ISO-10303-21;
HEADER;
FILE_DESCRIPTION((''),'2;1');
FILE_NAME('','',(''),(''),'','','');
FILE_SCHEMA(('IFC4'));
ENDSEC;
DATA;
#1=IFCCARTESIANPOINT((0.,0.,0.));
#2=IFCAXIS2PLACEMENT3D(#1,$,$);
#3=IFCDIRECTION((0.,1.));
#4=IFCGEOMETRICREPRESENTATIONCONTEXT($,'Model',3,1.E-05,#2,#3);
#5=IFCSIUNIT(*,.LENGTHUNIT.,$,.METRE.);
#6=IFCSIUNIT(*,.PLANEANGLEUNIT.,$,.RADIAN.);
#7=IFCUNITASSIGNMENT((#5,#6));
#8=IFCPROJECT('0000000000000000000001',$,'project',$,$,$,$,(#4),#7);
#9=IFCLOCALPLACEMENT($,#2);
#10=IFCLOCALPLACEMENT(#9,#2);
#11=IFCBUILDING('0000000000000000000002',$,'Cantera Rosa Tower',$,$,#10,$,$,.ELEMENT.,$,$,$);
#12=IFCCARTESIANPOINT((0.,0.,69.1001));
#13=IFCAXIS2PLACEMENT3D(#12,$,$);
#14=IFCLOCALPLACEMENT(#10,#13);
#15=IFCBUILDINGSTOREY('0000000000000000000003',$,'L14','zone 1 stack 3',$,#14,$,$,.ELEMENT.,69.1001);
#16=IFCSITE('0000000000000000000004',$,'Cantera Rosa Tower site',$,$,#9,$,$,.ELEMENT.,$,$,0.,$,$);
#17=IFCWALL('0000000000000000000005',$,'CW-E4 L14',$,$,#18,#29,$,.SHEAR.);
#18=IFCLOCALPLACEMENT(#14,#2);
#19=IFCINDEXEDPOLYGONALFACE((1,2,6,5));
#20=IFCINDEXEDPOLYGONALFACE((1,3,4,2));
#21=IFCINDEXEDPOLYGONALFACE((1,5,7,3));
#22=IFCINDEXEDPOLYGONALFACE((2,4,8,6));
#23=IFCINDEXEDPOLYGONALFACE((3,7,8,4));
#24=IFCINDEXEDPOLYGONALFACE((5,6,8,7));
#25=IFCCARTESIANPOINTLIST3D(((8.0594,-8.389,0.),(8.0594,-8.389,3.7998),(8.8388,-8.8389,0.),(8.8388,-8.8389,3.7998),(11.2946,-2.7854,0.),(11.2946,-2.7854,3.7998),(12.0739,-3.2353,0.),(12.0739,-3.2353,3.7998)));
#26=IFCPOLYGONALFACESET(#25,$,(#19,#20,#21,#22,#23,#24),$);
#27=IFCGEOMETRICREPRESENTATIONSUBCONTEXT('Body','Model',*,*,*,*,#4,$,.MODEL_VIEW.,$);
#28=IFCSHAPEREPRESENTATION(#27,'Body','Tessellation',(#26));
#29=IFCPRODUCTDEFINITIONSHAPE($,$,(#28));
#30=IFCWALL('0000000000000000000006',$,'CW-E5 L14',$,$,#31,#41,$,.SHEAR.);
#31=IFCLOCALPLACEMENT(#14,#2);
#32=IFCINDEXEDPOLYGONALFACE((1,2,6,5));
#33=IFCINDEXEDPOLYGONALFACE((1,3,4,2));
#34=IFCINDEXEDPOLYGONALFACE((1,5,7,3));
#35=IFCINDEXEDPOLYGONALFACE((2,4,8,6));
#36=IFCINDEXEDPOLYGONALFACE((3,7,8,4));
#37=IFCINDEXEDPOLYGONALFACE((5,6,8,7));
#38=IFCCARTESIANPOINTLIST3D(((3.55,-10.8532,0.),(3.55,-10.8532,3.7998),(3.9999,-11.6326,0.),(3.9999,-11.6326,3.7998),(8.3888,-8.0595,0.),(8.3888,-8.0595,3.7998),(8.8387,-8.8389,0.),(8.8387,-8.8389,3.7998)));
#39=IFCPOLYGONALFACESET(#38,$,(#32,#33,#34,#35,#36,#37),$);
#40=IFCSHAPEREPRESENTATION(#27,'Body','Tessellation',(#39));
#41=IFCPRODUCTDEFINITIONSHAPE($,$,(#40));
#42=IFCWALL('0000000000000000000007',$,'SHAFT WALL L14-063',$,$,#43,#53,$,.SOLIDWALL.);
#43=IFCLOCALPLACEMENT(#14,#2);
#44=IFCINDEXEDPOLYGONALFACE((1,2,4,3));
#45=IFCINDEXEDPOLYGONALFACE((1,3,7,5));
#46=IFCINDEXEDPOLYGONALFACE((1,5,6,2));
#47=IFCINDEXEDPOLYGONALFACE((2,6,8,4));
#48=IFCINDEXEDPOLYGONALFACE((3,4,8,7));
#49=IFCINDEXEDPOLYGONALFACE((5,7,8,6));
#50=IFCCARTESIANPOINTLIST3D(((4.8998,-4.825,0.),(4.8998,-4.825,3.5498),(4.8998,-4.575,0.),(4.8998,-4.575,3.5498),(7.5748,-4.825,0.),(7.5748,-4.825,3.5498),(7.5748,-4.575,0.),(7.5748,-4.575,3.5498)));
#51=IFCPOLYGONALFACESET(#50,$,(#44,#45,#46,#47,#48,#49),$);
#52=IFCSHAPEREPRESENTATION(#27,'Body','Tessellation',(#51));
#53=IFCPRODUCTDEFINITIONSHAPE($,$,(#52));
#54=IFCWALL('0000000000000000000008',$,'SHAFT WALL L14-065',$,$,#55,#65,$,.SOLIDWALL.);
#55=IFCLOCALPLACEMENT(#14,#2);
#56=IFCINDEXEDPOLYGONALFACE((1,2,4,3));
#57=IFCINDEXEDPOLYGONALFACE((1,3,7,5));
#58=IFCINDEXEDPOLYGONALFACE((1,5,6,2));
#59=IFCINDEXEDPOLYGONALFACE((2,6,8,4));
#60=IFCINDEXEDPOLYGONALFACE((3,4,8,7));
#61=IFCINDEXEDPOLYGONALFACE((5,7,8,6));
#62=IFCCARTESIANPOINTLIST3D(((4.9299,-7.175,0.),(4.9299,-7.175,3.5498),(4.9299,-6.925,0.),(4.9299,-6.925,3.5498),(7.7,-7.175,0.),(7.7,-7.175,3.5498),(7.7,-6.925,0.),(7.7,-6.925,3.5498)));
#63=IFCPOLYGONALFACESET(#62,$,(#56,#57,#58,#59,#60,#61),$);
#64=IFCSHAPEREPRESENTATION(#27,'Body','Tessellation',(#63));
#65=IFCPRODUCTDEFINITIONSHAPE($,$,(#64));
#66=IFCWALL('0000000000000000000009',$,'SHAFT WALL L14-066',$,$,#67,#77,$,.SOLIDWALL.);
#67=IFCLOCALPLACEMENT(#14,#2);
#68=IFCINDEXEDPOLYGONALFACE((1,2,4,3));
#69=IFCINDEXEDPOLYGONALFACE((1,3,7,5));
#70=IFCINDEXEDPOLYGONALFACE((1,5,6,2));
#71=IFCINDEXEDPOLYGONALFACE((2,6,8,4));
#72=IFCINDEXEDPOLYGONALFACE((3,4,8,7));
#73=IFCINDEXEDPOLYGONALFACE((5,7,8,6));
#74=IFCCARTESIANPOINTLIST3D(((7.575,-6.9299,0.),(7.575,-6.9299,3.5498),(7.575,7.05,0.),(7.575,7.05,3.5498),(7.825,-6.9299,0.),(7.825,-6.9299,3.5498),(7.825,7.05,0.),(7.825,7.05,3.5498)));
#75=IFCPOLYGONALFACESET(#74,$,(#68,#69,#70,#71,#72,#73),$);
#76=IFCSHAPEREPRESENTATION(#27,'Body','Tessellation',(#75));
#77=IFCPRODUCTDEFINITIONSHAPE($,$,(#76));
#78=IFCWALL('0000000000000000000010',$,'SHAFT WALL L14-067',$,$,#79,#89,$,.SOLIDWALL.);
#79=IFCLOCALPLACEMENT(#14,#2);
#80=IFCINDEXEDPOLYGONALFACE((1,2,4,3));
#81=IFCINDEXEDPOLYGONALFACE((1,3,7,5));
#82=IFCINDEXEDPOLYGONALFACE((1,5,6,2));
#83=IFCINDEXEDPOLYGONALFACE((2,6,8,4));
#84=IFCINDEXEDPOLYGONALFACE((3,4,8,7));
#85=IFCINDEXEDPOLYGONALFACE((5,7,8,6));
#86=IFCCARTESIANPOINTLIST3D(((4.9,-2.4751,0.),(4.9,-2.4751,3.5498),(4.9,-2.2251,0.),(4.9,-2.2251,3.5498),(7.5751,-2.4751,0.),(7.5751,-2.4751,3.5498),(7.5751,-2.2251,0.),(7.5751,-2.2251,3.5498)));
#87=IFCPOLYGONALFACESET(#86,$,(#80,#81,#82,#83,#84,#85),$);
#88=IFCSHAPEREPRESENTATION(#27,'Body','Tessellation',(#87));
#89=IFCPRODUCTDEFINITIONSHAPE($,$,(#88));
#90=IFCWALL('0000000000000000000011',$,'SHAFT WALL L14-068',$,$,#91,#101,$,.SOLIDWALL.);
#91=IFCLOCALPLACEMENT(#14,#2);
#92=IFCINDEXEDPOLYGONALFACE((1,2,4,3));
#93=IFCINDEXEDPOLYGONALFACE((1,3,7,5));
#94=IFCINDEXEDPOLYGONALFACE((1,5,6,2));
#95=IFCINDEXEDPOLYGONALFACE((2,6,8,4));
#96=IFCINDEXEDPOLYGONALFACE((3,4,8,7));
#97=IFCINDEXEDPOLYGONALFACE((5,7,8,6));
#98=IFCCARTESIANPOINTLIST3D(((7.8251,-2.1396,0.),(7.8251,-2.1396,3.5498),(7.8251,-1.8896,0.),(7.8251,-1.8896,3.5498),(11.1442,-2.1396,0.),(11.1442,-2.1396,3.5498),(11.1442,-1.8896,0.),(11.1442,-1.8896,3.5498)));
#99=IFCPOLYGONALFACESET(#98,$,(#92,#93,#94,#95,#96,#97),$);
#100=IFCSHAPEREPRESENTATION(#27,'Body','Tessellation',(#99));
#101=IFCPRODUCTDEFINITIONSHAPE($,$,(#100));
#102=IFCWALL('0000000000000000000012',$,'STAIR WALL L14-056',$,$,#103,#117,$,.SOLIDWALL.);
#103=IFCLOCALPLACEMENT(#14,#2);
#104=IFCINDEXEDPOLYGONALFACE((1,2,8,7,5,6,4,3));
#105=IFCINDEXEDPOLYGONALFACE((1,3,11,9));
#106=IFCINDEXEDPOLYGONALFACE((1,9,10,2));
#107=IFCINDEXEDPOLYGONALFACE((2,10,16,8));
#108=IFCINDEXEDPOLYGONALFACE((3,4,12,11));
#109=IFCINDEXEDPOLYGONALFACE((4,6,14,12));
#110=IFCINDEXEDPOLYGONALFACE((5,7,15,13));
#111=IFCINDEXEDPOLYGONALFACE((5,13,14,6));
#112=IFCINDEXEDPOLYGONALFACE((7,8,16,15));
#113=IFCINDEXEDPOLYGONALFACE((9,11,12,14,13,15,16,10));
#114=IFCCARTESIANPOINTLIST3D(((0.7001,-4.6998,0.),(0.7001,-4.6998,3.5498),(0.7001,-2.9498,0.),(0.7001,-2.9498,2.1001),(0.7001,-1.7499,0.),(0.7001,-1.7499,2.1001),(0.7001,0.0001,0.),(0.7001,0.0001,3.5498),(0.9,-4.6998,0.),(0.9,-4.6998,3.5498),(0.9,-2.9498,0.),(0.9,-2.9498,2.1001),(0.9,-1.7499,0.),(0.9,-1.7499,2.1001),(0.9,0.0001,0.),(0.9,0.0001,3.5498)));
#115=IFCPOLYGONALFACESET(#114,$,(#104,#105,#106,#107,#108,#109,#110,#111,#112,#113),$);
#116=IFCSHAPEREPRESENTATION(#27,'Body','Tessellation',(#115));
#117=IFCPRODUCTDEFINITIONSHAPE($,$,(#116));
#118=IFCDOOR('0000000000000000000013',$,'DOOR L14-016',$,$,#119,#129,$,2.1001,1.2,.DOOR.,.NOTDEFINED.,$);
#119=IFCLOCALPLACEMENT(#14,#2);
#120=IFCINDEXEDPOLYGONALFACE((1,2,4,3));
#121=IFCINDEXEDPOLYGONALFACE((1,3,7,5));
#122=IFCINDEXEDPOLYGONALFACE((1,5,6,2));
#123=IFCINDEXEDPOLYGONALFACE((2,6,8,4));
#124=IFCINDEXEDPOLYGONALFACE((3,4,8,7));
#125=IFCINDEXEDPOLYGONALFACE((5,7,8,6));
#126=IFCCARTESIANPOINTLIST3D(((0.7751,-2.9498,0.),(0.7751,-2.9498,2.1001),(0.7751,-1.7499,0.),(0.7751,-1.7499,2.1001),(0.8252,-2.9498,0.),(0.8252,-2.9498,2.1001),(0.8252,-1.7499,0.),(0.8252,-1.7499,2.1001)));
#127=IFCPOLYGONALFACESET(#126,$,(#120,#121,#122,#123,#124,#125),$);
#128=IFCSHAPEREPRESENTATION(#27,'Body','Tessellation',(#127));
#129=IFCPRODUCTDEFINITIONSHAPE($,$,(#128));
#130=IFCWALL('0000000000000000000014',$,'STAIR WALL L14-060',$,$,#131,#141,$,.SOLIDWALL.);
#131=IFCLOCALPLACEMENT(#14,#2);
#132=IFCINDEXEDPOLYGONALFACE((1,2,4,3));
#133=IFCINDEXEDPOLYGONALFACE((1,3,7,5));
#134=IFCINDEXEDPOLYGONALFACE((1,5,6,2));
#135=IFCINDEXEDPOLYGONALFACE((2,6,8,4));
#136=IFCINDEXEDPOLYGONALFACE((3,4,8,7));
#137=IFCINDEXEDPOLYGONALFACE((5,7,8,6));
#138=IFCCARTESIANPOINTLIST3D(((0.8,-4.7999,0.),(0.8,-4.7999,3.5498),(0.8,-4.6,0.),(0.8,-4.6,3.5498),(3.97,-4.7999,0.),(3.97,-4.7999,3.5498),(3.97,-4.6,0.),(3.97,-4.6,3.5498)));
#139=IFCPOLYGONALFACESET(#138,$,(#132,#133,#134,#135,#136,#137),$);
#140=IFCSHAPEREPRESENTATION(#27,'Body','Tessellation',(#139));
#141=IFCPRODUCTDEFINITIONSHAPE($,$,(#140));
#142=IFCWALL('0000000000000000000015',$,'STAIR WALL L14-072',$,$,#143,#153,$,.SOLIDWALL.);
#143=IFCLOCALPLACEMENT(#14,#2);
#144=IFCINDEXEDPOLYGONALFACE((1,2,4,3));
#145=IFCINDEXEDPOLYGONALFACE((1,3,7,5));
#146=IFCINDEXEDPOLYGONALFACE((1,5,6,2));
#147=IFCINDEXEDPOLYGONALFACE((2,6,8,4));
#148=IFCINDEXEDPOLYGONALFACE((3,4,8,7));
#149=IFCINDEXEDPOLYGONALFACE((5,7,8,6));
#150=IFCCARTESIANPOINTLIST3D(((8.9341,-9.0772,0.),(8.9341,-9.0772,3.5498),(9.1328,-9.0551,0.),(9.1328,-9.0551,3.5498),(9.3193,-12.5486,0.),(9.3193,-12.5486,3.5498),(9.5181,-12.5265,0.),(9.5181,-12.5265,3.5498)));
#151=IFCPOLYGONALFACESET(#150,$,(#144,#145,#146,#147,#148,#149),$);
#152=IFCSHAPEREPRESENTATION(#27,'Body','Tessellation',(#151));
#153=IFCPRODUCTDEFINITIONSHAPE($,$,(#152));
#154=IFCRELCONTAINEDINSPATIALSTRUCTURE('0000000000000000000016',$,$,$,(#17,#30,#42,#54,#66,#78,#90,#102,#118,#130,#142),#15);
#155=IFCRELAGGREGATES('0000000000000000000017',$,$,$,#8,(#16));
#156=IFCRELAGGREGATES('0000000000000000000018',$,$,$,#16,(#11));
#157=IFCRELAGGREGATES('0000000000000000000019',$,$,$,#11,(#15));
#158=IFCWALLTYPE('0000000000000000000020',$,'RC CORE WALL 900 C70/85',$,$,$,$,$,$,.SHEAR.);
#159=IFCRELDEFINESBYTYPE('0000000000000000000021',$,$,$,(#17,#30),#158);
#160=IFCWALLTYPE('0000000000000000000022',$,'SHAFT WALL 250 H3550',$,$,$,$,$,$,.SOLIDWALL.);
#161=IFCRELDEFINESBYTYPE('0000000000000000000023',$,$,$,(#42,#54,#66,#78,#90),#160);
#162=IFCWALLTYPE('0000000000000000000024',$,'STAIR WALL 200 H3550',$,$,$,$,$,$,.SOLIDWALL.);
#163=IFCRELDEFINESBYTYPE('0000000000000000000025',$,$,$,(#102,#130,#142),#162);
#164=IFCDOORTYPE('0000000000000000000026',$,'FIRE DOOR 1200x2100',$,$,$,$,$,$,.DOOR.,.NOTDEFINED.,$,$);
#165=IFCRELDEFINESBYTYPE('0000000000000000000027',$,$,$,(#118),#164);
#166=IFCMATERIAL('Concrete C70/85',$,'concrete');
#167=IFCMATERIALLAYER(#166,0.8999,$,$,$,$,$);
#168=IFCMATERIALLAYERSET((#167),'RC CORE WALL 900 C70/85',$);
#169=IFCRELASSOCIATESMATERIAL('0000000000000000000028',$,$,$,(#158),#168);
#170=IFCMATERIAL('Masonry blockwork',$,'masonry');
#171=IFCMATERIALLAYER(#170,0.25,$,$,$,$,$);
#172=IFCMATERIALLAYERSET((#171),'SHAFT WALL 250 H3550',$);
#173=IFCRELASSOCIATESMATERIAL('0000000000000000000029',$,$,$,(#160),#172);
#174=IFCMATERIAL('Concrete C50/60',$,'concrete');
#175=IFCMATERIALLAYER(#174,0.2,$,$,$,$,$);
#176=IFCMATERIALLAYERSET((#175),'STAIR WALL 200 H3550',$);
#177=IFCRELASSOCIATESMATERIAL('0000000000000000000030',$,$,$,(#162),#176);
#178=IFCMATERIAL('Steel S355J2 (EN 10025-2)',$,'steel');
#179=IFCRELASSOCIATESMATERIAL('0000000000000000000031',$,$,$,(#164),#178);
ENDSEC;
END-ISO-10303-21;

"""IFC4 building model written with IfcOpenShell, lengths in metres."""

from ifc_helpers import new_model, si_unit, direction, frame, frame_2d, origin, place, context, subcontext, project, spatial, rectangle, extrude, material, layer, layer_set, type_object, element, fill, save


model = new_model("IFC4")

# Units and contexts
model_context = context("Model", 3, precision=1e-05, world=origin(), true_north=direction((0.0, 1.0)))
body_context = subcontext(model_context, "Body", "Model", "MODEL_VIEW")
ifc_project = project(units=[si_unit("LENGTHUNIT", "METRE"), si_unit("PLANEANGLEUNIT", "RADIAN")], contexts=[model_context])

# Site, building, storey
site_placement = place(None, origin())
site = spatial("IfcSite", under=ifc_project, at=site_placement, Name="Cantera Rosa Tower site", CompositionType="ELEMENT", RefElevation=0.0)
building_placement = place(site_placement, origin())
building = spatial("IfcBuilding", under=site, at=building_placement, Name="Cantera Rosa Tower", CompositionType="ELEMENT")
storey_placement = place(building_placement, frame((0.0, 0.0, 69.1001)))
storey = spatial("IfcBuildingStorey", under=building, at=storey_placement, Name="L14", Description="zone 1 stack 3", CompositionType="ELEMENT", Elevation=69.1001)

# Walls
ifc_material_1 = material(Name="Concrete C70/85", Category="concrete")
ifc_layer_1 = layer(ifc_material_1, 0.8999)
ifc_layer_set_1 = layer_set([ifc_layer_1], Name="RC CORE WALL 900 C70/85")
wall_type_1 = type_object("IfcWallType", Name="RC CORE WALL 900 C70/85", PredefinedType="SHEAR", material=ifc_layer_set_1)
wall_1_placement = place(storey_placement, frame((11.6843, -3.0103, 0.0), z_axis=(0.0, 0.0, 1.0), x_axis=(-0.49999, -0.866031, 0.0)))
element("IfcWall", 1, at=wall_1_placement, inside=storey, type_object=wall_type_1, Name="CW-E4 L14", PredefinedType="SHEAR", context=body_context, shape_type="SweptSolid", body=[
    extrude(rectangle(XDim=6.4705, YDim=0.8999, at=frame_2d((3.2354, 0.0))), origin(), (0.0, 0.0, 1.0), 3.7998),
])
wall_2_placement = place(storey_placement, frame((8.6138, -8.4492, 0.0), z_axis=(0.0, 0.0, 1.0), x_axis=(-0.866027, -0.499997, 0.0)))
element("IfcWall", 2, at=wall_2_placement, inside=storey, type_object=wall_type_1, Name="CW-E5 L14", PredefinedType="SHEAR", context=body_context, shape_type="SweptSolid", body=[
    extrude(rectangle(XDim=5.5874, YDim=0.8999, at=frame_2d((2.7937, 0.0))), origin(), (0.0, 0.0, 1.0), 3.7998),
])
ifc_material_2 = material(Name="Masonry blockwork", Category="masonry")
ifc_layer_2 = layer(ifc_material_2, 0.25)
ifc_layer_set_2 = layer_set([ifc_layer_2], Name="SHAFT WALL 250 H3550")
wall_type_2 = type_object("IfcWallType", Name="SHAFT WALL 250 H3550", PredefinedType="SOLIDWALL", material=ifc_layer_set_2)
wall_3_placement = place(storey_placement, frame((4.8999, -4.7, 0.0), z_axis=(0.0, 0.0, 1.0), x_axis=(1.0, 0.0, 0.0)))
element("IfcWall", 3, at=wall_3_placement, inside=storey, type_object=wall_type_2, Name="SHAFT WALL L14-063", PredefinedType="SOLIDWALL", context=body_context, shape_type="SweptSolid", body=[
    extrude(rectangle(XDim=2.675, YDim=0.25, at=frame_2d((1.3374, 0.0))), origin(), (0.0, 0.0, 1.0), 3.5498),
])
wall_4_placement = place(storey_placement, frame((4.9299, -7.05, 0.0), z_axis=(0.0, 0.0, 1.0), x_axis=(1.0, 0.0, 0.0)))
element("IfcWall", 4, at=wall_4_placement, inside=storey, type_object=wall_type_2, Name="SHAFT WALL L14-065", PredefinedType="SOLIDWALL", context=body_context, shape_type="SweptSolid", body=[
    extrude(rectangle(XDim=2.77, YDim=0.25, at=frame_2d((1.385, 0.0))), origin(), (0.0, 0.0, 1.0), 3.5498),
])
wall_5_placement = place(storey_placement, frame((7.7, -6.9299, 0.0), z_axis=(0.0, 0.0, 1.0), x_axis=(0.0, 1.0, 0.0)))
element("IfcWall", 5, at=wall_5_placement, inside=storey, type_object=wall_type_2, Name="SHAFT WALL L14-066", PredefinedType="SOLIDWALL", context=body_context, shape_type="SweptSolid", body=[
    extrude(rectangle(XDim=13.98, YDim=0.25, at=frame_2d((6.99, 0.0))), origin(), (0.0, 0.0, 1.0), 3.5498),
])
wall_6_placement = place(storey_placement, frame((7.575, -2.3501, 0.0), z_axis=(0.0, 0.0, 1.0), x_axis=(-1.0, 0.0, 0.0)))
element("IfcWall", 6, at=wall_6_placement, inside=storey, type_object=wall_type_2, Name="SHAFT WALL L14-067", PredefinedType="SOLIDWALL", context=body_context, shape_type="SweptSolid", body=[
    extrude(rectangle(XDim=2.675, YDim=0.25, at=frame_2d((1.3374, 0.0))), origin(), (0.0, 0.0, 1.0), 3.5498),
])
wall_7_placement = place(storey_placement, frame((7.825, -2.0146, 0.0), z_axis=(0.0, 0.0, 1.0), x_axis=(1.0, 0.0, 0.0)))
element("IfcWall", 7, at=wall_7_placement, inside=storey, type_object=wall_type_2, Name="SHAFT WALL L14-068", PredefinedType="SOLIDWALL", context=body_context, shape_type="SweptSolid", body=[
    extrude(rectangle(XDim=3.3191, YDim=0.25, at=frame_2d((1.6597, 0.0))), origin(), (0.0, 0.0, 1.0), 3.5498),
])

# Wall, opening, door
ifc_material_3 = material(Name="Concrete C50/60", Category="concrete")
ifc_layer_3 = layer(ifc_material_3, 0.2)
ifc_layer_set_3 = layer_set([ifc_layer_3], Name="STAIR WALL 200 H3550")
wall_type_3 = type_object("IfcWallType", Name="STAIR WALL 200 H3550", PredefinedType="SOLIDWALL", material=ifc_layer_set_3)
wall_8_placement = place(storey_placement, frame((0.8, -4.7, 0.0), z_axis=(0.0, 0.0, 1.0), x_axis=(0.0, 1.0, 0.0)))
wall_8 = element("IfcWall", 8, at=wall_8_placement, inside=storey, type_object=wall_type_3, Name="STAIR WALL L14-056", PredefinedType="SOLIDWALL", context=body_context, shape_type="SweptSolid", body=[
    extrude(rectangle(XDim=4.7, YDim=0.2, at=frame_2d((2.3501, 0.0))), origin(), (0.0, 0.0, 1.0), 3.5498),
])
opening_1_placement = place(wall_8_placement, frame((1.75, 0.0, 0.0)))
opening_1 = element("IfcOpeningElement", 9, at=opening_1_placement, cuts=wall_8, PredefinedType="OPENING", context=body_context, shape_type="SweptSolid", body=[
    extrude(rectangle(XDim=1.2, YDim=2.1001, at=frame_2d((0.6001, 1.05))), frame((0.0, 0.1099, 0.0), z_axis=(0.0, -1.0, 0.0), x_axis=(1.0, 0.0, 0.0)), (0.0, 0.0, 1.0), 0.22),
])
ifc_material_4 = material(Name="Steel S355J2 (EN 10025-2)", Category="steel")
door_type_1 = type_object("IfcDoorType", Name="FIRE DOOR 1200x2100", OperationType="NOTDEFINED", PredefinedType="DOOR", material=ifc_material_4)
door_1_placement = place(opening_1_placement, origin())
door_1 = element("IfcDoor", 10, at=door_1_placement, inside=storey, type_object=door_type_1, Name="DOOR L14-016", OperationType="NOTDEFINED", OverallHeight=2.1001, OverallWidth=1.2, PredefinedType="DOOR", context=body_context, shape_type="SweptSolid", body=[
    extrude(rectangle(XDim=1.2, YDim=2.1001, at=frame_2d((0.6001, 1.05))), frame((0.0, 0.0249, 0.0), z_axis=(0.0, -1.0, 0.0), x_axis=(1.0, 0.0, 0.0)), (0.0, 0.0, 1.0), 0.05),
])
fill(opening_1, door_1)

# Walls
wall_9_placement = place(storey_placement, frame((3.97, -4.7, 0.0), z_axis=(0.0, 0.0, 1.0), x_axis=(-1.0, 0.0, 0.0)))
element("IfcWall", 11, at=wall_9_placement, inside=storey, type_object=wall_type_3, Name="STAIR WALL L14-060", PredefinedType="SOLIDWALL", context=body_context, shape_type="SweptSolid", body=[
    extrude(rectangle(XDim=3.1699, YDim=0.2, at=frame_2d((1.585, 0.0))), origin(), (0.0, 0.0, 1.0), 3.5498),
])
wall_10_placement = place(storey_placement, frame((9.0334, -9.0662, 0.0), z_axis=(0.0, 0.0, 1.0), x_axis=(0.110301, -0.993898, 0.0)))
element("IfcWall", 12, at=wall_10_placement, inside=storey, type_object=wall_type_3, Name="STAIR WALL L14-072", PredefinedType="SOLIDWALL", context=body_context, shape_type="SweptSolid", body=[
    extrude(rectangle(XDim=3.4927, YDim=0.2, at=frame_2d((1.7463, 0.0))), origin(), (0.0, 0.0, 1.0), 3.5498),
])

save(model, "model.ifc")
